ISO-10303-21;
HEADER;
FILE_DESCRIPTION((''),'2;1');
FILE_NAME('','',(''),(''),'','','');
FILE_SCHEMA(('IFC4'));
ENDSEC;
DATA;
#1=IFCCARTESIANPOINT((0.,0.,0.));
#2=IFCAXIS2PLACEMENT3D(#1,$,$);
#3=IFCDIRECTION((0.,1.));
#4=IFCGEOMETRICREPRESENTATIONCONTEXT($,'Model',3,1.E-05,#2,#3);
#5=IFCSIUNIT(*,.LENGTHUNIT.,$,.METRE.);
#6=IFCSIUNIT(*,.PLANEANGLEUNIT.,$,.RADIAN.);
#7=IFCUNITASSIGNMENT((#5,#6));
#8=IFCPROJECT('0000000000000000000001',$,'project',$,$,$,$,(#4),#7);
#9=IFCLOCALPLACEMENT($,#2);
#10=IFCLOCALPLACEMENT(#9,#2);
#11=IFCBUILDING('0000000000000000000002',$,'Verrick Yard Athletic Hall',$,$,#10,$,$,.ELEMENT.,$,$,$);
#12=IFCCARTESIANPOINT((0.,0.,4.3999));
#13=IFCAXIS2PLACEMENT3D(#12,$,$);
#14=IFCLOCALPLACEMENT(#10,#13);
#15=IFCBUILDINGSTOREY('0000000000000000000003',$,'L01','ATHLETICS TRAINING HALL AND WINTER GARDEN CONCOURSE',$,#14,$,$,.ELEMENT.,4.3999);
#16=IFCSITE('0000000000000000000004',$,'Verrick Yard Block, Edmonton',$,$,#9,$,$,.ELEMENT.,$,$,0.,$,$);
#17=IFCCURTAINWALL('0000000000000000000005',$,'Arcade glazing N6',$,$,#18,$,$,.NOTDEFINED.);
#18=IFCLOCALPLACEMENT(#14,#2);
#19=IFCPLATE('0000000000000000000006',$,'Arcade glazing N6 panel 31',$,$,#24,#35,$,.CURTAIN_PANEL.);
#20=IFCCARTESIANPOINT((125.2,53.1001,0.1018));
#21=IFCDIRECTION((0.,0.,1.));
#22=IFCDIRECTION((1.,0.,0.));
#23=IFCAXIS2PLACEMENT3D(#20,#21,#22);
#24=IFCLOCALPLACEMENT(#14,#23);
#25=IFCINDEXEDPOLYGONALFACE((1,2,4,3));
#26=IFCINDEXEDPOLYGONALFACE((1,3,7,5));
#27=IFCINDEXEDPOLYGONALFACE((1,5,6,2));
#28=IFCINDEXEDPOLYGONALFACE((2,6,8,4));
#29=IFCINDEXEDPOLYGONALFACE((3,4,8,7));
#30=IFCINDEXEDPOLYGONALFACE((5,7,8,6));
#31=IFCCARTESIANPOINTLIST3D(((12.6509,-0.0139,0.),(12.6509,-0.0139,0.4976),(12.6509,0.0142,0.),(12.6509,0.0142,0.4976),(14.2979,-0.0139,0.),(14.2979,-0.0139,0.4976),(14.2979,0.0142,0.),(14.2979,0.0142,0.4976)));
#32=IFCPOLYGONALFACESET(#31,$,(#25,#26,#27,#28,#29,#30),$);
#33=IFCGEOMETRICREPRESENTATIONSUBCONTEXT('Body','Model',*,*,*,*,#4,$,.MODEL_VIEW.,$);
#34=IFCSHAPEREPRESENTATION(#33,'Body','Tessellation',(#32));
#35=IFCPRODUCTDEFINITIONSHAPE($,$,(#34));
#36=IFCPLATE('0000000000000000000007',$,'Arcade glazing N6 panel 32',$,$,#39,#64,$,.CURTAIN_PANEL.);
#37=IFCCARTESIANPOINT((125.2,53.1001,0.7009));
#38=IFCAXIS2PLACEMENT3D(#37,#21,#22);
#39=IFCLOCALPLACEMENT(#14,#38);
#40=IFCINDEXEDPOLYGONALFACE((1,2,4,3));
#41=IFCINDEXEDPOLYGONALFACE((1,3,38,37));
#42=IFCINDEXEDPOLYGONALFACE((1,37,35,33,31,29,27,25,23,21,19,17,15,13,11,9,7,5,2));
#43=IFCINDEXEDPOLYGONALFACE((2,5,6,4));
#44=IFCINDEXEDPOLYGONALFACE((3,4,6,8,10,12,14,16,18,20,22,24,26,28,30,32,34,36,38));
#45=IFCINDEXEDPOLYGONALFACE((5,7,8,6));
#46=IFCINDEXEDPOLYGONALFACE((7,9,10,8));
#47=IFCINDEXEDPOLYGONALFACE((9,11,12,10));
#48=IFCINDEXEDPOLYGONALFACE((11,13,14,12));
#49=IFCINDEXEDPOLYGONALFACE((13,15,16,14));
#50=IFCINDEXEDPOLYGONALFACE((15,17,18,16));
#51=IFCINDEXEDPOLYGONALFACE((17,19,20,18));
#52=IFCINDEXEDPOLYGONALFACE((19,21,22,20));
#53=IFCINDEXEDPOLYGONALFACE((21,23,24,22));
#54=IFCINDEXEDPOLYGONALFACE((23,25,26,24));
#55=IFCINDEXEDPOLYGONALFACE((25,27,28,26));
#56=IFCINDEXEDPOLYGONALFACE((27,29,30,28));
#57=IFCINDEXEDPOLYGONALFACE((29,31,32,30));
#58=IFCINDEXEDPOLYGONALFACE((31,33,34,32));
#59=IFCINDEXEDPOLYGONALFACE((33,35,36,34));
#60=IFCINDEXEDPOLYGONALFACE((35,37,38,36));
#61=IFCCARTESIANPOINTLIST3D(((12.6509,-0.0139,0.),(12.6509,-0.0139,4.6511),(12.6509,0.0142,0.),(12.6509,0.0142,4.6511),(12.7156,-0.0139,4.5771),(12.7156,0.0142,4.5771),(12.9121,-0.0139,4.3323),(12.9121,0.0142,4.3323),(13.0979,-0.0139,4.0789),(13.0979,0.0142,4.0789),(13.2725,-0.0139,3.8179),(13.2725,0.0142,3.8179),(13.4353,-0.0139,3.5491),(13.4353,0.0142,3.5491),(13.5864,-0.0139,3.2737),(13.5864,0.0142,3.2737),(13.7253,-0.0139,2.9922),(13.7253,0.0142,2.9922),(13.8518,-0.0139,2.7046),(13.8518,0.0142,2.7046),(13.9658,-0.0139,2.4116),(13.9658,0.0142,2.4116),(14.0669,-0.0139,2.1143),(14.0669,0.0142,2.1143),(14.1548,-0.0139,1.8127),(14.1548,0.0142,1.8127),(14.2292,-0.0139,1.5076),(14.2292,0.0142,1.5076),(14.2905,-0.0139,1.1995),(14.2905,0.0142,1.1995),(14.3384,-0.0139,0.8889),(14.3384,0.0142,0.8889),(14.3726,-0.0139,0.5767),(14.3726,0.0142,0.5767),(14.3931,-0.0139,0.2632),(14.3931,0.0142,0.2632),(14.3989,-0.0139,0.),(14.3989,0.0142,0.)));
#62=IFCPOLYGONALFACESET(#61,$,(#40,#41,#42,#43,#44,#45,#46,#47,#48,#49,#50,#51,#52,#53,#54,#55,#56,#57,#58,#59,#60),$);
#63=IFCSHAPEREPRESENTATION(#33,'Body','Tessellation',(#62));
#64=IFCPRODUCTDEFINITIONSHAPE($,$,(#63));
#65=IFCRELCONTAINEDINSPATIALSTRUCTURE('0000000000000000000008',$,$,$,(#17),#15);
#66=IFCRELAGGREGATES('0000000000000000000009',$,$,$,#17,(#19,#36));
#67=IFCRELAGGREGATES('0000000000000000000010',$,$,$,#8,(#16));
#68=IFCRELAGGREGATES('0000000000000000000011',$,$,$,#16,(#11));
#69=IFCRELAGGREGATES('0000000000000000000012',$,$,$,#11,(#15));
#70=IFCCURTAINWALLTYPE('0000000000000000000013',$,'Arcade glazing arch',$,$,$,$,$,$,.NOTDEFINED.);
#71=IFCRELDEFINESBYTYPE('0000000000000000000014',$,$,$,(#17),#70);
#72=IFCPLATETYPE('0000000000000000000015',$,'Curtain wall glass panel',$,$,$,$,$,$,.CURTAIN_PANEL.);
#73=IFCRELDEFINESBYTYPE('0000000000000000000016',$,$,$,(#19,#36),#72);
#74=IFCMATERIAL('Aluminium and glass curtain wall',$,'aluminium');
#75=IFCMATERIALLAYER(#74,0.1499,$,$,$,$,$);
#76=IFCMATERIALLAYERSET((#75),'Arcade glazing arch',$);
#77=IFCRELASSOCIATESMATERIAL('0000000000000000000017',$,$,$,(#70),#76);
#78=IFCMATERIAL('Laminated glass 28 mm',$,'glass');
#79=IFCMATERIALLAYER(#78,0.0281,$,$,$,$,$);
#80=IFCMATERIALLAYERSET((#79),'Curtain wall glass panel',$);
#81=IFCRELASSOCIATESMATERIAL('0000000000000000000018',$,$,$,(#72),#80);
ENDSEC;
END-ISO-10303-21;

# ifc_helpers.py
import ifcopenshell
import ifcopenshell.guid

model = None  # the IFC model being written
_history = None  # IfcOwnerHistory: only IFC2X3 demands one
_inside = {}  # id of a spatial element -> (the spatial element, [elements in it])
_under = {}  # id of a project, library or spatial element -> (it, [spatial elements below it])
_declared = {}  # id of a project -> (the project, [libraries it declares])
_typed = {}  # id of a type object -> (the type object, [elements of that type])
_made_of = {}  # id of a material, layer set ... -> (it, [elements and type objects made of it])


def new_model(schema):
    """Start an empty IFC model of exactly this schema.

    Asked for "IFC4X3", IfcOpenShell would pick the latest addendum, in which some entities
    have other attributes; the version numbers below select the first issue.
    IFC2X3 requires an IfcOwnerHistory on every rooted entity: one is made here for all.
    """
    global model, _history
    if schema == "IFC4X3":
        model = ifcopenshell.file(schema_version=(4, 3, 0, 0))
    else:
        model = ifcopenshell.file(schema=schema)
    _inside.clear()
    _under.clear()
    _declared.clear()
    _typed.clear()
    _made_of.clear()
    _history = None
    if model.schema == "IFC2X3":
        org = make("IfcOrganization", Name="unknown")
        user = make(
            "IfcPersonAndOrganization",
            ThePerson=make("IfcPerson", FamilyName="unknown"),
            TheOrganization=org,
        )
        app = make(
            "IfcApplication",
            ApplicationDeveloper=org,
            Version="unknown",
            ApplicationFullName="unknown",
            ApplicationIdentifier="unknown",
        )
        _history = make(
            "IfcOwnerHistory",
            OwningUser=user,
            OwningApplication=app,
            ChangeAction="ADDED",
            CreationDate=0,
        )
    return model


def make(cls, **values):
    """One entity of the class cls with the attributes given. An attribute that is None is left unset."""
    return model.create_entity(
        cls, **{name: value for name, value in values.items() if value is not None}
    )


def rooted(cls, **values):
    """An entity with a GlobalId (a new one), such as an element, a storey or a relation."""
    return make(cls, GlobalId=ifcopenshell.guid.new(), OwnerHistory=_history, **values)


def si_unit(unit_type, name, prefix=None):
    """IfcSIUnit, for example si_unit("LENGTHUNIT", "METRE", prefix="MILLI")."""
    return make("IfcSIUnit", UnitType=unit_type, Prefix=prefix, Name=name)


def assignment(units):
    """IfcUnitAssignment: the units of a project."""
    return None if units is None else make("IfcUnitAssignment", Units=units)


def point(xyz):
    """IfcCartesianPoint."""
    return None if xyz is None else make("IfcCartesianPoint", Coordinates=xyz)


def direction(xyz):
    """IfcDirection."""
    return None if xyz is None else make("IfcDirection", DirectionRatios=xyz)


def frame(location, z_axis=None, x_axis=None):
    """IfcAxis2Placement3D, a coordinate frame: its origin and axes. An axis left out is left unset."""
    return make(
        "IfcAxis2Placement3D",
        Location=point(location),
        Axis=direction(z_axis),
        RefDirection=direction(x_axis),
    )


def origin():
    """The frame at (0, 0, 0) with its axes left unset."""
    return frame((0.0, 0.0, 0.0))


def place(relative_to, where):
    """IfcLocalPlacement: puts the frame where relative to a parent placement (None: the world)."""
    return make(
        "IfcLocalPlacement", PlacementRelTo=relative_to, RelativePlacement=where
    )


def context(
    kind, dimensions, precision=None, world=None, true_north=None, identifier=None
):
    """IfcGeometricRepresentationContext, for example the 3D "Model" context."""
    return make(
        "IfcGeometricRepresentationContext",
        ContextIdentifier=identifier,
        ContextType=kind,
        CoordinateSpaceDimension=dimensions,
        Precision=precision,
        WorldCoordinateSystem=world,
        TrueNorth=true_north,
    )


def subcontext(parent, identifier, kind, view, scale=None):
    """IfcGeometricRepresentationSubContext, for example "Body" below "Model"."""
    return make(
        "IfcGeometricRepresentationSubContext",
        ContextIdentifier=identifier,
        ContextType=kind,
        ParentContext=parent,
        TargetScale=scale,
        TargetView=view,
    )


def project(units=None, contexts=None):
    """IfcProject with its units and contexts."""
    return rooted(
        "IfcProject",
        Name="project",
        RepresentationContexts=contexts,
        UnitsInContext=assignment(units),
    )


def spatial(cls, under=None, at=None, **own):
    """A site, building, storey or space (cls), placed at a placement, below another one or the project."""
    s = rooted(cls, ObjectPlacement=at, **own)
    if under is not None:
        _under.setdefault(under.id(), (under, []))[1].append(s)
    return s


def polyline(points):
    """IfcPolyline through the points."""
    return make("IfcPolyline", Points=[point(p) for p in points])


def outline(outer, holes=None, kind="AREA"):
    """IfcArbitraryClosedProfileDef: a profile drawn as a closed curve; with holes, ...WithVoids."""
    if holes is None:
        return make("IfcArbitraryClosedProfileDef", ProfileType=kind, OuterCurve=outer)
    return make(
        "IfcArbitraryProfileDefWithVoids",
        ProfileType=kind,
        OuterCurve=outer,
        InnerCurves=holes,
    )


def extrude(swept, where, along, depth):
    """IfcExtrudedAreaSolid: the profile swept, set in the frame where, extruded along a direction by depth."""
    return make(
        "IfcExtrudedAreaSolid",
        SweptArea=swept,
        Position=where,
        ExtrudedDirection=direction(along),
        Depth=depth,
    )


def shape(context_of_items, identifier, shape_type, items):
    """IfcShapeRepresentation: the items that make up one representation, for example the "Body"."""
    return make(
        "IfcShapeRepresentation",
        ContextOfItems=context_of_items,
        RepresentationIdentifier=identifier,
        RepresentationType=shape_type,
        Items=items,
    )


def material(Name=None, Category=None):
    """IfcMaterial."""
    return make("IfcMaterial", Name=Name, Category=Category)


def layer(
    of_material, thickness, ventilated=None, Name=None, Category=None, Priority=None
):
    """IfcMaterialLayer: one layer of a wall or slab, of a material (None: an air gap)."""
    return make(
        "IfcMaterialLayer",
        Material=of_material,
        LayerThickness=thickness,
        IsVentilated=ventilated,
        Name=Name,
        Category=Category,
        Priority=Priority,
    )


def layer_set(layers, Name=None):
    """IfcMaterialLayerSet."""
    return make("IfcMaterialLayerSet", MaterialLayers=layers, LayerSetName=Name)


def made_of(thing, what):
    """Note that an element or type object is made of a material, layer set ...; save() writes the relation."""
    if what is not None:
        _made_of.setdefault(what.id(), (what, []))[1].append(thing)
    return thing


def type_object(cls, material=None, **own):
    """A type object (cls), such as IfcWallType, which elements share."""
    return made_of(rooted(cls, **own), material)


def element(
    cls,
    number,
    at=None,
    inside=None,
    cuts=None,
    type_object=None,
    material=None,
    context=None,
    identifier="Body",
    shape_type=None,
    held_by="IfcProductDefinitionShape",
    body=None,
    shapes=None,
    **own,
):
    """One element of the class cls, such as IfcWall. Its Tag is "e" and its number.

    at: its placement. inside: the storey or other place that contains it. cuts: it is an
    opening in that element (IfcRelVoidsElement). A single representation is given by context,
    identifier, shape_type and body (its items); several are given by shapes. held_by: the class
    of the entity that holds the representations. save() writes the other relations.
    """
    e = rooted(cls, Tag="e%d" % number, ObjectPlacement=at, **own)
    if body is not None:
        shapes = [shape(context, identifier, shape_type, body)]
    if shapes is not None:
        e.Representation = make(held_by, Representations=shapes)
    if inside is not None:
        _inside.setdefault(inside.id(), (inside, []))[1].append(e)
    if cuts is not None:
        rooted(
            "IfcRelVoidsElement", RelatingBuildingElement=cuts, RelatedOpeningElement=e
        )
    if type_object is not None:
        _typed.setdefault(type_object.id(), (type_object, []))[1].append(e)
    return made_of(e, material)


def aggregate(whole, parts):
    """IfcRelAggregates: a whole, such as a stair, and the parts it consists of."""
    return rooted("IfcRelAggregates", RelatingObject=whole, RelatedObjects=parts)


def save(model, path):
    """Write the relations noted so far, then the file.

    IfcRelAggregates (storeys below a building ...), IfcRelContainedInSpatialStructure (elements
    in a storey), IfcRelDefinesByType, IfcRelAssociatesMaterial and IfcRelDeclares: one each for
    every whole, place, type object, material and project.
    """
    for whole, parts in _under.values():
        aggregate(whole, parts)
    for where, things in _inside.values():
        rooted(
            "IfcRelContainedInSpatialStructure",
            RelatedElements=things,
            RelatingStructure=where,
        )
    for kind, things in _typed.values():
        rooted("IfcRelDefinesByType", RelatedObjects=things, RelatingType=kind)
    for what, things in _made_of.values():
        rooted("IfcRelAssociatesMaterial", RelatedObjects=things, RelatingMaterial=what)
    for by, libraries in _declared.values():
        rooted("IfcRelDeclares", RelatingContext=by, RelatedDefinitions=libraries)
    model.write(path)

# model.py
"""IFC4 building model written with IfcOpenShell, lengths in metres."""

from ifc_helpers import new_model, si_unit, direction, frame, origin, place, context, subcontext, project, spatial, polyline, outline, extrude, material, layer, layer_set, type_object, element, aggregate, save


model = new_model("IFC4")

# Units and contexts
model_context = context("Model", 3, precision=1e-05, world=origin(), true_north=direction((0.0, 1.0)))
body_context = subcontext(model_context, "Body", "Model", "MODEL_VIEW")
ifc_project = project(units=[si_unit("LENGTHUNIT", "METRE"), si_unit("PLANEANGLEUNIT", "RADIAN")], contexts=[model_context])

# Site, building, storey
site_placement = place(None, origin())
site = spatial("IfcSite", under=ifc_project, at=site_placement, Name="Verrick Yard Block, Edmonton", CompositionType="ELEMENT", RefElevation=0.0)
building_placement = place(site_placement, origin())
building = spatial("IfcBuilding", under=site, at=building_placement, Name="Verrick Yard Athletic Hall", CompositionType="ELEMENT")
storey_placement = place(building_placement, frame((0.0, 0.0, 4.3999)))
storey = spatial("IfcBuildingStorey", under=building, at=storey_placement, Name="L01", Description="ATHLETICS TRAINING HALL AND WINTER GARDEN CONCOURSE", CompositionType="ELEMENT", Elevation=4.3999)

# Curtain wall, plates
ifc_material_1 = material(Name="Aluminium and glass curtain wall", Category="aluminium")
ifc_layer_1 = layer(ifc_material_1, 0.1499)
ifc_layer_set_1 = layer_set([ifc_layer_1], Name="Arcade glazing arch")
curtain_wall_type = type_object("IfcCurtainWallType", Name="Arcade glazing arch", PredefinedType="NOTDEFINED", material=ifc_layer_set_1)
curtain_wall_placement = place(storey_placement, origin())
curtain_wall = element("IfcCurtainWall", 1, at=curtain_wall_placement, inside=storey, type_object=curtain_wall_type, Name="Arcade glazing N6", PredefinedType="NOTDEFINED")
ifc_material_2 = material(Name="Laminated glass 28 mm", Category="glass")
ifc_layer_2 = layer(ifc_material_2, 0.0281)
ifc_layer_set_2 = layer_set([ifc_layer_2], Name="Curtain wall glass panel")
plate_type = type_object("IfcPlateType", Name="Curtain wall glass panel", PredefinedType="CURTAIN_PANEL", material=ifc_layer_set_2)
plate_1_placement = place(storey_placement, frame((125.2, 53.1001, 0.1018), z_axis=(0.0, 0.0, 1.0), x_axis=(1.0, 0.0, 0.0)))
plate_1 = element("IfcPlate", 2, at=plate_1_placement, type_object=plate_type, Name="Arcade glazing N6 panel 31", PredefinedType="CURTAIN_PANEL", context=body_context, shape_type="SweptSolid", body=[
    extrude(outline(polyline([(14.2979, 0.0), (14.2979, 0.4976), (12.6509, 0.4976), (12.6509, 0.0), (14.2979, 0.0)])), frame((0.0, 0.0142, 0.0), z_axis=(0.0, -1.0, 0.0), x_axis=(1.0, 0.0, 0.0)), (0.0, 0.0, 1.0), 0.0281),
])
plate_2_placement = place(storey_placement, frame((125.2, 53.1001, 0.7009), z_axis=(0.0, 0.0, 1.0), x_axis=(1.0, 0.0, 0.0)))
plate_2 = element("IfcPlate", 3, at=plate_2_placement, type_object=plate_type, Name="Arcade glazing N6 panel 32", PredefinedType="CURTAIN_PANEL", context=body_context, shape_type="SweptSolid", body=[
    extrude(outline(polyline([(14.3989, 0.0), (14.3931, 0.2632), (14.3726, 0.5767), (14.3384, 0.8889), (14.2905, 1.1995), (14.2292, 1.5076), (14.1548, 1.8127), (14.0669, 2.1143), (13.9658, 2.4116), (13.8518, 2.7046), (13.7253, 2.9922), (13.5864, 3.2737), (13.4353, 3.5491), (13.2725, 3.8179), (13.0979, 4.0789), (12.9121, 4.3323), (12.7156, 4.5771), (12.6509, 4.6511), (12.6509, 0.0), (14.3989, 0.0)])), frame((0.0, 0.0142, 0.0), z_axis=(0.0, -1.0, 0.0), x_axis=(1.0, 0.0, 0.0)), (0.0, 0.0, 1.0), 0.0281),
])
aggregate(curtain_wall, [plate_1, plate_2])

save(model, "model.ifc")
